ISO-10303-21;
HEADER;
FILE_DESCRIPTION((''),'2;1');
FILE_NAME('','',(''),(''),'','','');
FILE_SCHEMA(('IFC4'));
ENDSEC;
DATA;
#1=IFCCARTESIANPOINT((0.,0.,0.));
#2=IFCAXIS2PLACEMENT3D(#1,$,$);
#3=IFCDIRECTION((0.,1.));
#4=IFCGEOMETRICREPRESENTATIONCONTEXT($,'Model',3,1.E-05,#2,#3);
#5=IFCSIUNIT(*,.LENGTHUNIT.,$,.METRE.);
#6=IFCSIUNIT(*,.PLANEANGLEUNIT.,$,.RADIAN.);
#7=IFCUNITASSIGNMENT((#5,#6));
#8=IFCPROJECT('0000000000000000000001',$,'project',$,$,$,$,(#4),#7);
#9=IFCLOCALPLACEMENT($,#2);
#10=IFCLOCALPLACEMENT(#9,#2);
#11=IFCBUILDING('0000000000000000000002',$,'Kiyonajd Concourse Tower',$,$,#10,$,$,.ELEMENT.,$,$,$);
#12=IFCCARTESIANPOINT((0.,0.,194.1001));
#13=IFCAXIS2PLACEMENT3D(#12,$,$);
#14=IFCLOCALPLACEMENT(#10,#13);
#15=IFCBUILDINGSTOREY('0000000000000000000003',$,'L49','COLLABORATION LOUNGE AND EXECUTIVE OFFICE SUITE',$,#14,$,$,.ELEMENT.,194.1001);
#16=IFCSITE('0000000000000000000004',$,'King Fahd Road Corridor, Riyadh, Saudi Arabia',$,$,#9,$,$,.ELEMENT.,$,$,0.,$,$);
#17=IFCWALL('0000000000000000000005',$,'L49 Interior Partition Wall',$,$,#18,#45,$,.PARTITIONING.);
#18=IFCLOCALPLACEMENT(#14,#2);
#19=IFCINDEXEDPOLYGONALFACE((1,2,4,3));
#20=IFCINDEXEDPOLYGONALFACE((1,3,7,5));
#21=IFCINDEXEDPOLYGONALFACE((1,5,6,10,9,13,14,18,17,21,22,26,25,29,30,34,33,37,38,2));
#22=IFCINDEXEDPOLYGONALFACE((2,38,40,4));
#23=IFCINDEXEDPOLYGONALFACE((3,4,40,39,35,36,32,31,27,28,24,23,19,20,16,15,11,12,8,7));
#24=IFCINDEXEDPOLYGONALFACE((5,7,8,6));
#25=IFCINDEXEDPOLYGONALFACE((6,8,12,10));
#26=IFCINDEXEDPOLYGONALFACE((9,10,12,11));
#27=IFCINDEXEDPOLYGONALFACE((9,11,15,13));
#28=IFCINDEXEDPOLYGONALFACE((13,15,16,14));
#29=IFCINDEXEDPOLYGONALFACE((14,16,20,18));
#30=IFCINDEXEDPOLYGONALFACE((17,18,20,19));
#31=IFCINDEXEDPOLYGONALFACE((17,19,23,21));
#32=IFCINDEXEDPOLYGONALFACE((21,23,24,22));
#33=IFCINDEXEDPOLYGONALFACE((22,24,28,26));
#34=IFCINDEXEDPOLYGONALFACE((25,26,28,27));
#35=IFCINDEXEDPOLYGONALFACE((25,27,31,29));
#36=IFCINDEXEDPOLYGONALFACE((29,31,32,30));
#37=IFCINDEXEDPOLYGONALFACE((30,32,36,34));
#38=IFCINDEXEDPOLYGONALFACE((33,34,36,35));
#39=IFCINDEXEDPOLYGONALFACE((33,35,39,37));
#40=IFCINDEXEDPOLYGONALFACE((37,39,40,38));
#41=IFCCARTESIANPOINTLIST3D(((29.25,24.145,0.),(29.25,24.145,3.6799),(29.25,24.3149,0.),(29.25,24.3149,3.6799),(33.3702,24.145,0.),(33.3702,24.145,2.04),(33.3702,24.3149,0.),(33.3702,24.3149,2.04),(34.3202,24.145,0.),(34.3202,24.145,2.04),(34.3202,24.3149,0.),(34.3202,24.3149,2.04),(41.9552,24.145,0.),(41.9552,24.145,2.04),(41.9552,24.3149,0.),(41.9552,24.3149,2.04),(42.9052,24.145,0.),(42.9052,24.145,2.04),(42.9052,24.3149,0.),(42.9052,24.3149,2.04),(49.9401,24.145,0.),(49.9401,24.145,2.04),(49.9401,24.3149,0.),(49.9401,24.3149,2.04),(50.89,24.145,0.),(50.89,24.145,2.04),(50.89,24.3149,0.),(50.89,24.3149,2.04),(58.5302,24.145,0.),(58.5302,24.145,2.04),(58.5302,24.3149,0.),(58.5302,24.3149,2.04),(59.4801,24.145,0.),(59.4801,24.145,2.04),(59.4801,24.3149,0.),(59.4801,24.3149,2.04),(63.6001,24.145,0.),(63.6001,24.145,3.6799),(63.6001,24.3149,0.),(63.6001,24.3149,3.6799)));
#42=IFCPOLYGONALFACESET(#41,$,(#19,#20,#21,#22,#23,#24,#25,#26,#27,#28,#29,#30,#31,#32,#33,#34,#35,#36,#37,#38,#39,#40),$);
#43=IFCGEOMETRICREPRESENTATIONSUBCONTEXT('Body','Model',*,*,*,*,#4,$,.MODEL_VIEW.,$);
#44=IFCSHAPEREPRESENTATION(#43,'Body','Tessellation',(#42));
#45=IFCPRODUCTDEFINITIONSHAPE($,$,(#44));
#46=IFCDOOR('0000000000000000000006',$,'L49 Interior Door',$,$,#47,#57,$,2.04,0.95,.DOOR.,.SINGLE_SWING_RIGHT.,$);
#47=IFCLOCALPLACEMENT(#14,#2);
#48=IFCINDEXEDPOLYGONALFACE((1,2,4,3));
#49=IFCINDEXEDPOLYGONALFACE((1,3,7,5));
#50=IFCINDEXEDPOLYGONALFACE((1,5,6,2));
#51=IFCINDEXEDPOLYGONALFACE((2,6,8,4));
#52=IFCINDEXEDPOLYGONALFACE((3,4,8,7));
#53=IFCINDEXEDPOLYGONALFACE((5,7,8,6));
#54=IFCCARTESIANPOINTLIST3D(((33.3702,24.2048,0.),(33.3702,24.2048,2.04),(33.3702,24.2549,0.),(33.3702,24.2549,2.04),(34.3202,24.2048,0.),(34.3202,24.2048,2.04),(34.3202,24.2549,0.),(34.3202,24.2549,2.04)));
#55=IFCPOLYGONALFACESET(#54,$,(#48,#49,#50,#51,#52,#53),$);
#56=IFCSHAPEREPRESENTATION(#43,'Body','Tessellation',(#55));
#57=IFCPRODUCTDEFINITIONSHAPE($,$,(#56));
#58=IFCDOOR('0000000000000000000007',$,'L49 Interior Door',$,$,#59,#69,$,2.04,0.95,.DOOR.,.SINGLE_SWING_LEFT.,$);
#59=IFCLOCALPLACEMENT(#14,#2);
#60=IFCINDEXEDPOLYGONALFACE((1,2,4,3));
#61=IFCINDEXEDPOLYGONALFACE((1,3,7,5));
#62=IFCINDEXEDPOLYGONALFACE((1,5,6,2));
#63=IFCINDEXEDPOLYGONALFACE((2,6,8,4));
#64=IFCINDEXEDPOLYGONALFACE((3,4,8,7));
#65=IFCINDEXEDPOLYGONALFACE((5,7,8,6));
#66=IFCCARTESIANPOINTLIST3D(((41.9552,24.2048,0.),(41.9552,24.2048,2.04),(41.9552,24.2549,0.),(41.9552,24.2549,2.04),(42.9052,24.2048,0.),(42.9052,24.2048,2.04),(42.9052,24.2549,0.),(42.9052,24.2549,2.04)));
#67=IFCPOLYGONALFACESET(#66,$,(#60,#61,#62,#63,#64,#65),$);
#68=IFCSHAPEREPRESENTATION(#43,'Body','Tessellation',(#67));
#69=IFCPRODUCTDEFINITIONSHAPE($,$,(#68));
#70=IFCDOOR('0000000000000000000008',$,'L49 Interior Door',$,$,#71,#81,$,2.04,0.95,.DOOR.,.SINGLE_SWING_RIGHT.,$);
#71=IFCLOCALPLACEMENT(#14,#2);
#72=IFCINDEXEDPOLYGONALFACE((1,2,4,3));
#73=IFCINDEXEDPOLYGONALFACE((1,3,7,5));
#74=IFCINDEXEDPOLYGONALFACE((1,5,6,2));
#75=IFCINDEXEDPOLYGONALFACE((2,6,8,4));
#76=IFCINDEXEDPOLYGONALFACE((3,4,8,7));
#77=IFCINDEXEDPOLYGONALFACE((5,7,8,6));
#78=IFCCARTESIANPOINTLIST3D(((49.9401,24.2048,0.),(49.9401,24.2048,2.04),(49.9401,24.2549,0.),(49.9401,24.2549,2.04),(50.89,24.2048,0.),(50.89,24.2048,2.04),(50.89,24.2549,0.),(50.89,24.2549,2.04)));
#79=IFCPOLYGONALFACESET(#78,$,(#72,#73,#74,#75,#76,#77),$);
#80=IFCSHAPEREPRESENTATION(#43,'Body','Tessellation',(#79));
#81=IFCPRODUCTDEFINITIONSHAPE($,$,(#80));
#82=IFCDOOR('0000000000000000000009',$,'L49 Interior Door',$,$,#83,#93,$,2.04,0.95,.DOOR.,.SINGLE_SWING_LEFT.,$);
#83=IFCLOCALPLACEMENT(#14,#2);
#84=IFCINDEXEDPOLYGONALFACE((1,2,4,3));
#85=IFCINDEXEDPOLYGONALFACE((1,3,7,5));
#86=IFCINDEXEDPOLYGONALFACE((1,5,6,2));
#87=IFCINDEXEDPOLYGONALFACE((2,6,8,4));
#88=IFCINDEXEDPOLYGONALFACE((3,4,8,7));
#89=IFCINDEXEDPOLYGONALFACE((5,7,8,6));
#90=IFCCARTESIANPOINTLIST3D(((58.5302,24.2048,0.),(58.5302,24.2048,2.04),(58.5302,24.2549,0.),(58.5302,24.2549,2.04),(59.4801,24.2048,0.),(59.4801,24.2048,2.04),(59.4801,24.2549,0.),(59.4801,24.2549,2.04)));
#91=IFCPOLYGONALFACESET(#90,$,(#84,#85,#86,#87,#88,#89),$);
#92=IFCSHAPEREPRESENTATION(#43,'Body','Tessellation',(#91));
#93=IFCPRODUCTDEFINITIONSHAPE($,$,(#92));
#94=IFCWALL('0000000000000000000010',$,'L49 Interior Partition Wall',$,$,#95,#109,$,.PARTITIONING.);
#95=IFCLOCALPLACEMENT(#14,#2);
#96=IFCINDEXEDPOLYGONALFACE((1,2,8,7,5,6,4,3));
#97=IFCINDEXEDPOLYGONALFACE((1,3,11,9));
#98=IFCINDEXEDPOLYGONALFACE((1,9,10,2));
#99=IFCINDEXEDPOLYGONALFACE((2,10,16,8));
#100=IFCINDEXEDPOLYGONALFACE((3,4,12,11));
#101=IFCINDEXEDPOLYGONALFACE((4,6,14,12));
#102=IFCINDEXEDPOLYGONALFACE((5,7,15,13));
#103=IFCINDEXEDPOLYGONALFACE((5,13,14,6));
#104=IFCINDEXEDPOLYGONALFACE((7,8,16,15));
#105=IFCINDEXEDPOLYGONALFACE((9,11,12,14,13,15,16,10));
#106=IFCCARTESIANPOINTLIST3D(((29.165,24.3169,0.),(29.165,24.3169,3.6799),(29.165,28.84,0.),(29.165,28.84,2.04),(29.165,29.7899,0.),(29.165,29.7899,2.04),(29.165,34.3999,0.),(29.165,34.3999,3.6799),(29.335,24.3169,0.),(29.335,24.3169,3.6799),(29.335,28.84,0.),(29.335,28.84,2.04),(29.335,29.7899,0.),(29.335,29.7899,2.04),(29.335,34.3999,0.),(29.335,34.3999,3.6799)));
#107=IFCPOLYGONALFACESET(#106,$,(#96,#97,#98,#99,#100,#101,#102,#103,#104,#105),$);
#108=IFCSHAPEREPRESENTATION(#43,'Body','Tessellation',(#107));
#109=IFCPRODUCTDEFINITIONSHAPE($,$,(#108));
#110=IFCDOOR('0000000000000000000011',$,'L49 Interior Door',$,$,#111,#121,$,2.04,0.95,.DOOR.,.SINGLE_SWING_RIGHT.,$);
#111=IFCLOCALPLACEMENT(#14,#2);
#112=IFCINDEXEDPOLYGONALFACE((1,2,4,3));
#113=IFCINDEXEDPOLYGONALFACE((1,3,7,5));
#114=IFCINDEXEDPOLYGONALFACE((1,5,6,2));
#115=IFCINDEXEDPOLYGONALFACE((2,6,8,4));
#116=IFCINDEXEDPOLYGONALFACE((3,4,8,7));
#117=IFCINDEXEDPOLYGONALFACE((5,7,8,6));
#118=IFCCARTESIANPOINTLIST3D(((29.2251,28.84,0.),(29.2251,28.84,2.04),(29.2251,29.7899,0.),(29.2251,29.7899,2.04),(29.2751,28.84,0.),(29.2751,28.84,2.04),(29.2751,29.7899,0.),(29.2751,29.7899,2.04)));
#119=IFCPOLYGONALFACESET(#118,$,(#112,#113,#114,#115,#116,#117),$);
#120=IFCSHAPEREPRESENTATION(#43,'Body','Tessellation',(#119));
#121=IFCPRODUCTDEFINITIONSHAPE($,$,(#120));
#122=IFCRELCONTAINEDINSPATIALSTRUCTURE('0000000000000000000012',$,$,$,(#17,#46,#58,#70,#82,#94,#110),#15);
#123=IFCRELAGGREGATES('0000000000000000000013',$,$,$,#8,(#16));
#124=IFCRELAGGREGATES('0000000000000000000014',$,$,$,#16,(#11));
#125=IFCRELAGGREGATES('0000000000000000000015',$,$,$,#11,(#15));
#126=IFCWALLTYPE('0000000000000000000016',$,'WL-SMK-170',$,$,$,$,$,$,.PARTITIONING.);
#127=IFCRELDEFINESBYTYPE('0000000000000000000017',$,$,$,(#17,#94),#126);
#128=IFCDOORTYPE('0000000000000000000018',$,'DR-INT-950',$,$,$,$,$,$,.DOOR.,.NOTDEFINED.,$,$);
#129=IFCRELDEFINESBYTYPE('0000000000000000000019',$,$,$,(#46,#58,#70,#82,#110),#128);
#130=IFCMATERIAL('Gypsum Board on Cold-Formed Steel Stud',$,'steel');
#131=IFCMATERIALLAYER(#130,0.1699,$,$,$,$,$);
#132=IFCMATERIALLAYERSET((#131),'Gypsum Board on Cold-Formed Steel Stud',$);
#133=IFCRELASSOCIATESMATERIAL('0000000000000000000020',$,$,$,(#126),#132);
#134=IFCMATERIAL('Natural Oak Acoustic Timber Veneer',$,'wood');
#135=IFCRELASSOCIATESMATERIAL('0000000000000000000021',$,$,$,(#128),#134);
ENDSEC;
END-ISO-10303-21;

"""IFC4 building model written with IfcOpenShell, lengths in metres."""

from ifc_helpers import new_model, si_unit, direction, frame, frame_2d, origin, place, context, subcontext, project, spatial, rectangle, extrude, material, layer, layer_set, type_object, element, fill, save


model = new_model("IFC4")

# Units and contexts
model_context = context("Model", 3, precision=1e-05, world=origin(), true_north=direction((0.0, 1.0)))
body_context = subcontext(model_context, "Body", "Model", "MODEL_VIEW")
ifc_project = project(units=[si_unit("LENGTHUNIT", "METRE"), si_unit("PLANEANGLEUNIT", "RADIAN")], contexts=[model_context])

# Site, building, storey
site_placement = place(None, origin())
site = spatial("IfcSite", under=ifc_project, at=site_placement, Name="King Fahd Road Corridor, Riyadh, Saudi Arabia", CompositionType="ELEMENT", RefElevation=0.0)
building_placement = place(site_placement, origin())
building = spatial("IfcBuilding", under=site, at=building_placement, Name="Kiyonajd Concourse Tower", CompositionType="ELEMENT")
storey_placement = place(building_placement, frame((0.0, 0.0, 194.1001)))
storey = spatial("IfcBuildingStorey", under=building, at=storey_placement, Name="L49", Description="COLLABORATION LOUNGE AND EXECUTIVE OFFICE SUITE", CompositionType="ELEMENT", Elevation=194.1001)

# Shared definitions
ifc_material_1 = material(Name="Gypsum Board on Cold-Formed Steel Stud", Category="steel")

# Wall, openings, doors
ifc_layer_1 = layer(ifc_material_1, 0.1699)
ifc_layer_set_1 = layer_set([ifc_layer_1], Name="Gypsum Board on Cold-Formed Steel Stud")
wall_type_1 = type_object("IfcWallType", Name="WL-SMK-170", PredefinedType="PARTITIONING", material=ifc_layer_set_1)
wall_1_placement = place(storey_placement, frame((29.25, 24.23, 0.0), z_axis=(0.0, 0.0, 1.0), x_axis=(1.0, 0.0, 0.0)))
wall_1 = element("IfcWall", 1, at=wall_1_placement, inside=storey, type_object=wall_type_1, Name="L49 Interior Partition Wall", PredefinedType="PARTITIONING", context=body_context, shape_type="SweptSolid", body=[
    extrude(rectangle(XDim=34.3501, YDim=0.1699, at=frame_2d((17.175, 0.0))), origin(), (0.0, 0.0, 1.0), 3.6799),
])
opening_1_placement = place(wall_1_placement, frame((4.1201, 0.0, 0.0)))
opening_1 = element("IfcOpeningElement", 2, at=opening_1_placement, cuts=wall_1, PredefinedType="OPENING", context=body_context, shape_type="SweptSolid", body=[
    extrude(rectangle(XDim=0.95, YDim=2.04, at=frame_2d((0.4751, 1.02))), frame((0.0, 0.095, 0.0), z_axis=(0.0, -1.0, 0.0), x_axis=(1.0, 0.0, 0.0)), (0.0, 0.0, 1.0), 0.1899),
])
opening_2_placement = place(wall_1_placement, frame((12.7051, 0.0, 0.0)))
opening_2 = element("IfcOpeningElement", 3, at=opening_2_placement, cuts=wall_1, PredefinedType="OPENING", context=body_context, shape_type="SweptSolid", body=[
    extrude(rectangle(XDim=0.95, YDim=2.04, at=frame_2d((0.4751, 1.02))), frame((0.0, 0.095, 0.0), z_axis=(0.0, -1.0, 0.0), x_axis=(1.0, 0.0, 0.0)), (0.0, 0.0, 1.0), 0.1899),
])
opening_3_placement = place(wall_1_placement, frame((20.6899, 0.0, 0.0)))
opening_3 = element("IfcOpeningElement", 4, at=opening_3_placement, cuts=wall_1, PredefinedType="OPENING", context=body_context, shape_type="SweptSolid", body=[
    extrude(rectangle(XDim=0.95, YDim=2.04, at=frame_2d((0.4751, 1.02))), frame((0.0, 0.095, 0.0), z_axis=(0.0, -1.0, 0.0), x_axis=(1.0, 0.0, 0.0)), (0.0, 0.0, 1.0), 0.1899),
])
opening_4_placement = place(wall_1_placement, frame((29.28, 0.0, 0.0)))
opening_4 = element("IfcOpeningElement", 5, at=opening_4_placement, cuts=wall_1, PredefinedType="OPENING", context=body_context, shape_type="SweptSolid", body=[
    extrude(rectangle(XDim=0.95, YDim=2.04, at=frame_2d((0.4751, 1.02))), frame((0.0, 0.095, 0.0), z_axis=(0.0, -1.0, 0.0), x_axis=(1.0, 0.0, 0.0)), (0.0, 0.0, 1.0), 0.1899),
])
ifc_material_2 = material(Name="Natural Oak Acoustic Timber Veneer", Category="wood")
door_type_1 = type_object("IfcDoorType", Name="DR-INT-950", OperationType="NOTDEFINED", PredefinedType="DOOR", material=ifc_material_2)
door_1_placement = place(opening_1_placement, origin())
door_1 = element("IfcDoor", 6, at=door_1_placement, inside=storey, type_object=door_type_1, Name="L49 Interior Door", OperationType="SINGLE_SWING_RIGHT", OverallHeight=2.04, OverallWidth=0.95, PredefinedType="DOOR", context=body_context, shape_type="SweptSolid", body=[
    extrude(rectangle(XDim=0.95, YDim=2.04, at=frame_2d((0.4751, 1.02))), frame((0.0, 0.0249, 0.0), z_axis=(0.0, -1.0, 0.0), x_axis=(1.0, 0.0, 0.0)), (0.0, 0.0, 1.0), 0.05),
])
fill(opening_1, door_1)
door_2_placement = place(opening_2_placement, origin())
door_2 = element("IfcDoor", 7, at=door_2_placement, inside=storey, type_object=door_type_1, Name="L49 Interior Door", OperationType="SINGLE_SWING_LEFT", OverallHeight=2.04, OverallWidth=0.95, PredefinedType="DOOR", context=body_context, shape_type="SweptSolid", body=[
    extrude(rectangle(XDim=0.95, YDim=2.04, at=frame_2d((0.4751, 1.02))), frame((0.0, 0.0249, 0.0), z_axis=(0.0, -1.0, 0.0), x_axis=(1.0, 0.0, 0.0)), (0.0, 0.0, 1.0), 0.05),
])
fill(opening_2, door_2)
door_3_placement = place(opening_3_placement, origin())
door_3 = element("IfcDoor", 8, at=door_3_placement, inside=storey, type_object=door_type_1, Name="L49 Interior Door", OperationType="SINGLE_SWING_RIGHT", OverallHeight=2.04, OverallWidth=0.95, PredefinedType="DOOR", context=body_context, shape_type="SweptSolid", body=[
    extrude(rectangle(XDim=0.95, YDim=2.04, at=frame_2d((0.4751, 1.02))), frame((0.0, 0.0249, 0.0), z_axis=(0.0, -1.0, 0.0), x_axis=(1.0, 0.0, 0.0)), (0.0, 0.0, 1.0), 0.05),
])
fill(opening_3, door_3)
door_4_placement = place(opening_4_placement, origin())
door_4 = element("IfcDoor", 9, at=door_4_placement, inside=storey, type_object=door_type_1, Name="L49 Interior Door", OperationType="SINGLE_SWING_LEFT", OverallHeight=2.04, OverallWidth=0.95, PredefinedType="DOOR", context=body_context, shape_type="SweptSolid", body=[
    extrude(rectangle(XDim=0.95, YDim=2.04, at=frame_2d((0.4751, 1.02))), frame((0.0, 0.0249, 0.0), z_axis=(0.0, -1.0, 0.0), x_axis=(1.0, 0.0, 0.0)), (0.0, 0.0, 1.0), 0.05),
])
fill(opening_4, door_4)

# Wall, opening, door
wall_2_placement = place(storey_placement, frame((29.25, 24.3169, 0.0), z_axis=(0.0, 0.0, 1.0), x_axis=(0.0, 1.0, 0.0)))
wall_2 = element("IfcWall", 10, at=wall_2_placement, inside=storey, type_object=wall_type_1, Name="L49 Interior Partition Wall", PredefinedType="PARTITIONING", context=body_context, shape_type="SweptSolid", body=[
    extrude(rectangle(XDim=10.083, YDim=0.1699, at=frame_2d((5.0415, 0.0))), origin(), (0.0, 0.0, 1.0), 3.6799),
])
opening_5_placement = place(wall_2_placement, frame((4.5229, 0.0, 0.0)))
opening_5 = element("IfcOpeningElement", 11, at=opening_5_placement, cuts=wall_2, PredefinedType="OPENING", context=body_context, shape_type="SweptSolid", body=[
    extrude(rectangle(XDim=0.95, YDim=2.04, at=frame_2d((0.4751, 1.02))), frame((0.0, 0.095, 0.0), z_axis=(0.0, -1.0, 0.0), x_axis=(1.0, 0.0, 0.0)), (0.0, 0.0, 1.0), 0.1899),
])
door_5_placement = place(opening_5_placement, origin())
door_5 = element("IfcDoor", 12, at=door_5_placement, inside=storey, type_object=door_type_1, Name="L49 Interior Door", OperationType="SINGLE_SWING_RIGHT", OverallHeight=2.04, OverallWidth=0.95, PredefinedType="DOOR", context=body_context, shape_type="SweptSolid", body=[
    extrude(rectangle(XDim=0.95, YDim=2.04, at=frame_2d((0.4751, 1.02))), frame((0.0, 0.0249, 0.0), z_axis=(0.0, -1.0, 0.0), x_axis=(1.0, 0.0, 0.0)), (0.0, 0.0, 1.0), 0.05),
])
fill(opening_5, door_5)

save(model, "model.ifc")
